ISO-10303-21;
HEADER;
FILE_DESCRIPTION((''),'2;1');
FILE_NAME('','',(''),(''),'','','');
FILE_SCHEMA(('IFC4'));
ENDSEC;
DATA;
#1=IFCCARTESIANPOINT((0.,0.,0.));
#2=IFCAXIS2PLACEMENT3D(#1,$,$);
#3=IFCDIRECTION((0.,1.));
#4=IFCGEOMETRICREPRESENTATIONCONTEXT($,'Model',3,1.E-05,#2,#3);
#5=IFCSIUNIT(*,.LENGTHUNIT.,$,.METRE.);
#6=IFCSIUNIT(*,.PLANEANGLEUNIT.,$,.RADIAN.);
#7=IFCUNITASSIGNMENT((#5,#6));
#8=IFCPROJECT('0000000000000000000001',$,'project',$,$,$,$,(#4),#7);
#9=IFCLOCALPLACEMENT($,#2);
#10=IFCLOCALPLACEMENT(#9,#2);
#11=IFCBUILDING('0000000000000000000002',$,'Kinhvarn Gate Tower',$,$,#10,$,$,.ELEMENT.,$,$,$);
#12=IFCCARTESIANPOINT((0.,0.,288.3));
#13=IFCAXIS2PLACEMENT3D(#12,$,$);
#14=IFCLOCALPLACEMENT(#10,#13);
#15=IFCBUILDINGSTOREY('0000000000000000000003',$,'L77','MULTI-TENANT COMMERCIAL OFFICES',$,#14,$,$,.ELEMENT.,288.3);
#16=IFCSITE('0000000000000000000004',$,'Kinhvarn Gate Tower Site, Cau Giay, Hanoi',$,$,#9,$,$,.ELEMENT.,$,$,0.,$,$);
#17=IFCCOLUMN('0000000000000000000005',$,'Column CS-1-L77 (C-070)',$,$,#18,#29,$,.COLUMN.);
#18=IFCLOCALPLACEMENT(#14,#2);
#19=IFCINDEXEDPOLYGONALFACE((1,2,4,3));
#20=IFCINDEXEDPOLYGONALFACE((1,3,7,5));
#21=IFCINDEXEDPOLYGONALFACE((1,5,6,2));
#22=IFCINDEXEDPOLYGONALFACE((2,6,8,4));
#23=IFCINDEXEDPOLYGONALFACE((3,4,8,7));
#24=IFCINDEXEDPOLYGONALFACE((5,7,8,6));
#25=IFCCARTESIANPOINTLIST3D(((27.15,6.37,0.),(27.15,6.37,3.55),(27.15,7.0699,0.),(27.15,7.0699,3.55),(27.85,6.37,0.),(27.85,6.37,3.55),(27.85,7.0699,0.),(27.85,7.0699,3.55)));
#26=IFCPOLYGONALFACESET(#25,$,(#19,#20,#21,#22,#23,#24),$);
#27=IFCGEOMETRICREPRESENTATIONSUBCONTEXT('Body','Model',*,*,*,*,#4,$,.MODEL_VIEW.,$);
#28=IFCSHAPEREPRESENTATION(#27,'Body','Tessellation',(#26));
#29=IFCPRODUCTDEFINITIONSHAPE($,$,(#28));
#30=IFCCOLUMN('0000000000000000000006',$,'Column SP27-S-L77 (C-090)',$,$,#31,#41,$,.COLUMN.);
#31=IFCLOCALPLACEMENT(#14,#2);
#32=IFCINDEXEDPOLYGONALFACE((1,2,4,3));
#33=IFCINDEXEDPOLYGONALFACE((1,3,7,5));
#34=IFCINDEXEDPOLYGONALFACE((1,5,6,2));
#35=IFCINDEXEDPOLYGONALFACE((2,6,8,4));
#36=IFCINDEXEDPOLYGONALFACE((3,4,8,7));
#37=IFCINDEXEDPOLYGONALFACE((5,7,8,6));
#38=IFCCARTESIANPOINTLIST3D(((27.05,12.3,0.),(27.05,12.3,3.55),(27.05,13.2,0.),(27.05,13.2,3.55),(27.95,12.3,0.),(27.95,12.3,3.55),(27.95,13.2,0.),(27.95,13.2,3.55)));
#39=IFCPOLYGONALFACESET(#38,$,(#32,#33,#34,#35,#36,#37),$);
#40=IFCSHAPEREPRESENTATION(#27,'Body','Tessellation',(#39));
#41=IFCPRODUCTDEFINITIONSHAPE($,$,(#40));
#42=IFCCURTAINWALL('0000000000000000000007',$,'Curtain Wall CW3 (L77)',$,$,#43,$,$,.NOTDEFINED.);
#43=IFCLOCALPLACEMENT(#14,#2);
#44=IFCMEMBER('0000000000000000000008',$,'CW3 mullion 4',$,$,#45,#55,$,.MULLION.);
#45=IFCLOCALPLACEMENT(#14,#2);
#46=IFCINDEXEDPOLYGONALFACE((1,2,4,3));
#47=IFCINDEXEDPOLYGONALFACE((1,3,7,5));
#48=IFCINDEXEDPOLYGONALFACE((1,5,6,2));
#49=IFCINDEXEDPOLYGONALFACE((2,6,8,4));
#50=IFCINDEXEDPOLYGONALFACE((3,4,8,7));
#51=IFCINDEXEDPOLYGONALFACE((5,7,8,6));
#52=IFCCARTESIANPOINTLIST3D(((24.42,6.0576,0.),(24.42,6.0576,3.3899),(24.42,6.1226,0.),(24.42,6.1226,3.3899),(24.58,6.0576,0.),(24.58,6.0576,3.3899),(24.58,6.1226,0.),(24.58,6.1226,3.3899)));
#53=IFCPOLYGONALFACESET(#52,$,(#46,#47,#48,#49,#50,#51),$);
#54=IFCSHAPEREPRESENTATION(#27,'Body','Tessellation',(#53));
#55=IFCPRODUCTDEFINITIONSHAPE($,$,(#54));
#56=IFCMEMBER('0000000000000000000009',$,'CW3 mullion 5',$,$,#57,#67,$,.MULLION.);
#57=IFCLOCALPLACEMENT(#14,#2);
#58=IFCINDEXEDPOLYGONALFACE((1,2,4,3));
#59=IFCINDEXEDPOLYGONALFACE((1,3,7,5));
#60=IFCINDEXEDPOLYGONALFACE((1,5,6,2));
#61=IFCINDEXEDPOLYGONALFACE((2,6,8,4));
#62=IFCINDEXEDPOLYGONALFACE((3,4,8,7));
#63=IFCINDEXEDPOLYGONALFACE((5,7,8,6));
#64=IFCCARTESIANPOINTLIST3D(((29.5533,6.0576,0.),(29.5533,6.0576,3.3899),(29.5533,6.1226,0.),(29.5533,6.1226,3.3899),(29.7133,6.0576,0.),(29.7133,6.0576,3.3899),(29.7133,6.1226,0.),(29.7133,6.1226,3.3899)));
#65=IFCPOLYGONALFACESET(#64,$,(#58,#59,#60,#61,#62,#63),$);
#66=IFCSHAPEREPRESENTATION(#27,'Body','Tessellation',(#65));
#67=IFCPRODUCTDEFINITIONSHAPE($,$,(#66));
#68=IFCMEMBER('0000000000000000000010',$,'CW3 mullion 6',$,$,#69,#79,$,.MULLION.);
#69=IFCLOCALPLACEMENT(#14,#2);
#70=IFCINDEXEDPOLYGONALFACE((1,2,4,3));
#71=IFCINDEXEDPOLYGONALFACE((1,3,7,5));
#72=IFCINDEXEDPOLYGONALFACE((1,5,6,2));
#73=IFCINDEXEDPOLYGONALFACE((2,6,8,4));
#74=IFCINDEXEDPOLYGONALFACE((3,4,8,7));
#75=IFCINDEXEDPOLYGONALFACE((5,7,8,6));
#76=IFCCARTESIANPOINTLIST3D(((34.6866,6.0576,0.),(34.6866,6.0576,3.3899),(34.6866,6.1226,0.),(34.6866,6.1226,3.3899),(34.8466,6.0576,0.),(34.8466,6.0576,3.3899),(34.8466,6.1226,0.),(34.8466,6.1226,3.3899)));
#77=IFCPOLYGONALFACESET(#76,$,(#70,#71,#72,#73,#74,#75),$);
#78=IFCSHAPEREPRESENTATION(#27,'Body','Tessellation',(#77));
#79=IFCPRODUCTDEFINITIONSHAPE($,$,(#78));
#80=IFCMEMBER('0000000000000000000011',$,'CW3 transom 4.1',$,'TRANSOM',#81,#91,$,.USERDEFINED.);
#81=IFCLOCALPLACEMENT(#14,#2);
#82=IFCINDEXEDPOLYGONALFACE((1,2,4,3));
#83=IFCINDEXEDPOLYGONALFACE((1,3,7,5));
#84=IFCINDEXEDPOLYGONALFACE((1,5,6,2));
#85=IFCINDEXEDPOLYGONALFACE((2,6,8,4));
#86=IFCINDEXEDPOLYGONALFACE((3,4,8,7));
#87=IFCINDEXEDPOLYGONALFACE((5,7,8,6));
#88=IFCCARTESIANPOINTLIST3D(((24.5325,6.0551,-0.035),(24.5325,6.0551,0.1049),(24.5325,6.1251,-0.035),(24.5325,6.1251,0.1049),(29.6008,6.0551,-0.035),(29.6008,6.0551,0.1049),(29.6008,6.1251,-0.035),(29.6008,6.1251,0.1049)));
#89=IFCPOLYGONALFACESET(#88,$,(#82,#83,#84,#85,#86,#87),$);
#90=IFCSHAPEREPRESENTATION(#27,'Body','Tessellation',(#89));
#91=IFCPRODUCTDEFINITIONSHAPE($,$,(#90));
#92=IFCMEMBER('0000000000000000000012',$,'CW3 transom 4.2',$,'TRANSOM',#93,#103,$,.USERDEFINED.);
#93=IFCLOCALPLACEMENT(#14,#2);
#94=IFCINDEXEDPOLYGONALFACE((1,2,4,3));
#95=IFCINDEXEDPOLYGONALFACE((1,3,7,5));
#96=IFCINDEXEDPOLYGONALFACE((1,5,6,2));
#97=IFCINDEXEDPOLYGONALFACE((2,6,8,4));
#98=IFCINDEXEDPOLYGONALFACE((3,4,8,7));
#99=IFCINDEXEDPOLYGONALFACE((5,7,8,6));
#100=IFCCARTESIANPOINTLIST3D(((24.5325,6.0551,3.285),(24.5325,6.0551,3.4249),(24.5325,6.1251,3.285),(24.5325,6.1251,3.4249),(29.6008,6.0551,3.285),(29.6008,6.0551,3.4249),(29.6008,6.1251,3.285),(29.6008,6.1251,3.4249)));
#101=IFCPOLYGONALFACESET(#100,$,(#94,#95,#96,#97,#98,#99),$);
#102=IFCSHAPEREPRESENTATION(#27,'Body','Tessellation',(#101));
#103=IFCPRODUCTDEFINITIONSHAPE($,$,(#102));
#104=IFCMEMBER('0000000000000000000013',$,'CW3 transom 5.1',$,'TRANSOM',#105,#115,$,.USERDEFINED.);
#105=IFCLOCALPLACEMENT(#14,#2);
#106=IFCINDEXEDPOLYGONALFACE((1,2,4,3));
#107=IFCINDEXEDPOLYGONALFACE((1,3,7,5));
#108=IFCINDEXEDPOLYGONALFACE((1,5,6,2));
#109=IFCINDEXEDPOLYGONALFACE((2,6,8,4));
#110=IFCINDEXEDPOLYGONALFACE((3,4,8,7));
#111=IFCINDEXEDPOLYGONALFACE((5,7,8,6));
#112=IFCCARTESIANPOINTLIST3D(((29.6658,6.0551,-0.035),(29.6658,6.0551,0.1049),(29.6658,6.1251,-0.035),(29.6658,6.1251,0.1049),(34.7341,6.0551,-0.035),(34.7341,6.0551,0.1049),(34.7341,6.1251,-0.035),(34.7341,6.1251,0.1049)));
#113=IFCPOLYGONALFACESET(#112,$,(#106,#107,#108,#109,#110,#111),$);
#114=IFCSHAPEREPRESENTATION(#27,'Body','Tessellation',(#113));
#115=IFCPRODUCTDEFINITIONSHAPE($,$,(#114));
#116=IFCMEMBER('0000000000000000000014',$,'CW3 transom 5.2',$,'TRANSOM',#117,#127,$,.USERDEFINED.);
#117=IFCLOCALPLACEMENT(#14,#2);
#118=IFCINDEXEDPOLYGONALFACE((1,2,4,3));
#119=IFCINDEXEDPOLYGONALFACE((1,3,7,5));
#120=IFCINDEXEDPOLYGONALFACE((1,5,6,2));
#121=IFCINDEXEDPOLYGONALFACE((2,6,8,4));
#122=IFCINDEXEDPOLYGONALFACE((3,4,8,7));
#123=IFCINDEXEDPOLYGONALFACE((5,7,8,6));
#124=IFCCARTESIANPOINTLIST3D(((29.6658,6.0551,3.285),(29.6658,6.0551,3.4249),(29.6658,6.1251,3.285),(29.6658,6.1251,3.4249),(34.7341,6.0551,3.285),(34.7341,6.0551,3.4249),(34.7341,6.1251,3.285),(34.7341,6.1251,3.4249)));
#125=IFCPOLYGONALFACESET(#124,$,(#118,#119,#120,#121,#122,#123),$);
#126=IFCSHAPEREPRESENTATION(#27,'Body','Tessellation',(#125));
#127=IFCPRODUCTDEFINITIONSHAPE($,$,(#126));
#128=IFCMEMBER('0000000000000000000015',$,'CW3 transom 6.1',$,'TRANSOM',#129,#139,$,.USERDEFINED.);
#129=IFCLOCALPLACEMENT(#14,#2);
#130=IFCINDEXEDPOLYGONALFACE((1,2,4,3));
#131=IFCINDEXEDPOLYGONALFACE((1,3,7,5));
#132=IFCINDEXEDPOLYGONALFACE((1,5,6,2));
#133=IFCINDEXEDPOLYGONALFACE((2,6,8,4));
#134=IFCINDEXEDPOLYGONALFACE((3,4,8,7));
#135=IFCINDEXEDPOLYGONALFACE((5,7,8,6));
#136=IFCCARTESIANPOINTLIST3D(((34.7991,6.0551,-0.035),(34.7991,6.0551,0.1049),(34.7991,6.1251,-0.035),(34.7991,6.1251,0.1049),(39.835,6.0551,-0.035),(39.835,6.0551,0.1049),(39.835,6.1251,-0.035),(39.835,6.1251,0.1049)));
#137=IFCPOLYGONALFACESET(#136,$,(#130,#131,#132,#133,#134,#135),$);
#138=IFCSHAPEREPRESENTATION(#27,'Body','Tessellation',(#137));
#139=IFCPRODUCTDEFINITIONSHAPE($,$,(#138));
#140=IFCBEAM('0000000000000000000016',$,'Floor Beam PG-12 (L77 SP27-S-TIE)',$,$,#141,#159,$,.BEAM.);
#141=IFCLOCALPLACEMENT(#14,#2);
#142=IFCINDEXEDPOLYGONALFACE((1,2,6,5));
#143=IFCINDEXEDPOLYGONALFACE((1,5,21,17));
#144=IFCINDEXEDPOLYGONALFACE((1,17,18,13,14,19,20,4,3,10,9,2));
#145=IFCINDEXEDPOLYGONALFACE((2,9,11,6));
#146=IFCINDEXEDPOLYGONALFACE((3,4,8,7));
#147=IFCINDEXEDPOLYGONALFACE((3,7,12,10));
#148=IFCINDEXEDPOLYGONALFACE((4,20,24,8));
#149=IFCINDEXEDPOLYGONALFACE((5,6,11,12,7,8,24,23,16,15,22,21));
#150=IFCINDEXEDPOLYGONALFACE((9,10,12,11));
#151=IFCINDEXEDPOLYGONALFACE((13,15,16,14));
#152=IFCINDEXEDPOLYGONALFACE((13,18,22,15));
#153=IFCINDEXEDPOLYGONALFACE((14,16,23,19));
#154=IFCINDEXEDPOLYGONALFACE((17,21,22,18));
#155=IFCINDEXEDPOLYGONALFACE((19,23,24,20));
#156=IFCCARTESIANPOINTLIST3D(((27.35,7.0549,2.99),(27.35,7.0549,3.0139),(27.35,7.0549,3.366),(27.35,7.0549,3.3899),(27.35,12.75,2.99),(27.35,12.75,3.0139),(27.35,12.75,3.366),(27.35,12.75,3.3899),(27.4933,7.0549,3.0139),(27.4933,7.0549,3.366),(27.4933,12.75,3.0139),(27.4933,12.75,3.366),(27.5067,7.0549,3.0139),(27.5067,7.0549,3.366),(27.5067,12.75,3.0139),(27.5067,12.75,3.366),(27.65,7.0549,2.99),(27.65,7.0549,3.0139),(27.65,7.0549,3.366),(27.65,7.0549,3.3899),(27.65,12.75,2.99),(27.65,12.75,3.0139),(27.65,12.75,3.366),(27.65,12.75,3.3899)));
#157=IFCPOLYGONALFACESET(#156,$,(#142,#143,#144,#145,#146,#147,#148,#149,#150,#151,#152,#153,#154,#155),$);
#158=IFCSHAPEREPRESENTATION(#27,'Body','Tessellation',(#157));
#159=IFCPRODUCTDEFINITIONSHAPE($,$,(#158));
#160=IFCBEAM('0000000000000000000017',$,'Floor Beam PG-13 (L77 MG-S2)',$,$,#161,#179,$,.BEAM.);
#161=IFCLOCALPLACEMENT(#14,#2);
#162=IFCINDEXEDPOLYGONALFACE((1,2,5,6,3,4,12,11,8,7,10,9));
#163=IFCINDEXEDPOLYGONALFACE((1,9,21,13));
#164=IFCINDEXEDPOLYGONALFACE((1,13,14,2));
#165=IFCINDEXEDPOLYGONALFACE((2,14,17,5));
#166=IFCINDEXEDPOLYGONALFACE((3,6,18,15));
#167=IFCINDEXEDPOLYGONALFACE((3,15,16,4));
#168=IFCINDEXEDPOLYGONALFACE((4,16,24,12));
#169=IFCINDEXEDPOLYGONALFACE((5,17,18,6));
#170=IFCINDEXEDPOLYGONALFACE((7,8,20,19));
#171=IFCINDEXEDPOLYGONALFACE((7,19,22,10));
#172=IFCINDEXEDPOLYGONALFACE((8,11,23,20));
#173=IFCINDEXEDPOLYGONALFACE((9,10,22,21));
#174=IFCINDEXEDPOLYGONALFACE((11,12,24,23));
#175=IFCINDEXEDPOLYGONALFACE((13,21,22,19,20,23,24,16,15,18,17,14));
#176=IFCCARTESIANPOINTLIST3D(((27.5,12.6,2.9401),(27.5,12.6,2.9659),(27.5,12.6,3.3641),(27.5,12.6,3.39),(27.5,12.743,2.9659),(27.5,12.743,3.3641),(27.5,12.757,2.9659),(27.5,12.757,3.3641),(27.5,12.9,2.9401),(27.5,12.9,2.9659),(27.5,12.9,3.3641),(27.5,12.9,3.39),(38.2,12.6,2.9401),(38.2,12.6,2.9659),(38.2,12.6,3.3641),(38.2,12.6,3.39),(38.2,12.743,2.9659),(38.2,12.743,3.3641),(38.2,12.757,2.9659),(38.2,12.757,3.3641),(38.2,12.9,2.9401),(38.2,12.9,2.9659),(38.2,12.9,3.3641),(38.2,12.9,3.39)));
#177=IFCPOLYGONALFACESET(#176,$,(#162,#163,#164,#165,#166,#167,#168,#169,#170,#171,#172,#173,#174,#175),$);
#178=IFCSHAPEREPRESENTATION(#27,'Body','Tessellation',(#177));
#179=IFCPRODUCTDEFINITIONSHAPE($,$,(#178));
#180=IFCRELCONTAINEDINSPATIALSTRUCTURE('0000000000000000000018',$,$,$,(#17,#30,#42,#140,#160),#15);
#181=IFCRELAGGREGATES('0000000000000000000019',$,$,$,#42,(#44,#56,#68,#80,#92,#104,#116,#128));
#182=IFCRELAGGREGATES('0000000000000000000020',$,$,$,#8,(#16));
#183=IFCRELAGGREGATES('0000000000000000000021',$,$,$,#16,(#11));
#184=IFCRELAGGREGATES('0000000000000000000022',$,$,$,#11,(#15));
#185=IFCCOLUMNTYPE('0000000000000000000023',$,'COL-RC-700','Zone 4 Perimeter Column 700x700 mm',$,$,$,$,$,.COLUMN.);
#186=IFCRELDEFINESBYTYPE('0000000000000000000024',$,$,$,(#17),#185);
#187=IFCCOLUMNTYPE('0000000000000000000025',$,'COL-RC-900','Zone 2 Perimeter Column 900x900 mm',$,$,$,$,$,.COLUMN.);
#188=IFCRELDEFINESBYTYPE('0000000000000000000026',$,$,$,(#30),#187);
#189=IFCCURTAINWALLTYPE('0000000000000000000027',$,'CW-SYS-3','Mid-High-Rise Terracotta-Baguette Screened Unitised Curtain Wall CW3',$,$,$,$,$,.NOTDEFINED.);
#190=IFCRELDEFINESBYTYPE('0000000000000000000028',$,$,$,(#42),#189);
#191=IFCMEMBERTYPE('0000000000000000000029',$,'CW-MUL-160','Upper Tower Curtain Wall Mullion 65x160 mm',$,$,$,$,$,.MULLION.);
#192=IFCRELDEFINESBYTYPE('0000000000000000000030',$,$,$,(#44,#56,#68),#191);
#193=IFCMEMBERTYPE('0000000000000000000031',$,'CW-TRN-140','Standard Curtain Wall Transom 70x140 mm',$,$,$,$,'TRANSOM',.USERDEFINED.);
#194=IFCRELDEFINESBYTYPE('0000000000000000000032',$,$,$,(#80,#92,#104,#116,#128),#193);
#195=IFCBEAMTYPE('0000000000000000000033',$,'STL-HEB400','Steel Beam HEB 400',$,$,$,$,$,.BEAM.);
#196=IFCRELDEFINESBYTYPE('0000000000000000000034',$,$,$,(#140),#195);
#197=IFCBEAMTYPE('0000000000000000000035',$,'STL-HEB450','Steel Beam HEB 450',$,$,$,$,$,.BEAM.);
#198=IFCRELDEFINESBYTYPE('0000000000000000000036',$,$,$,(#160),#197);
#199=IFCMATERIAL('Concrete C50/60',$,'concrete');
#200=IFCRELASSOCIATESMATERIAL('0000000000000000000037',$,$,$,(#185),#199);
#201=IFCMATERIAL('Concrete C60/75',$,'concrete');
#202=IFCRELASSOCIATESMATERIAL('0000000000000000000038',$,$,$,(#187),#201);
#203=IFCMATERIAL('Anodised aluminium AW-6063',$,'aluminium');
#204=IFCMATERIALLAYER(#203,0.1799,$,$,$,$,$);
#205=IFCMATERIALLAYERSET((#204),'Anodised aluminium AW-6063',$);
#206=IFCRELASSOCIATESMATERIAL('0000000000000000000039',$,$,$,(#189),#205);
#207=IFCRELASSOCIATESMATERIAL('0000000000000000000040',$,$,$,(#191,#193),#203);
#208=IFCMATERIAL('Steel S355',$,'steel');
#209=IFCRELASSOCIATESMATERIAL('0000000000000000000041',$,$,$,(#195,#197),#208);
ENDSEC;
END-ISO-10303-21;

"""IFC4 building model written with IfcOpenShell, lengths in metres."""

from ifc_helpers import new_model, si_unit, direction, frame, origin, origin_2d, place, context, subcontext, project, spatial, rectangle, i_section, extrude, material, layer, layer_set, material_profile, profile_set, type_object, element, aggregate, save


model = new_model("IFC4")

# Units and contexts
model_context = context("Model", 3, precision=1e-05, world=origin(), true_north=direction((0.0, 1.0)))
body_context = subcontext(model_context, "Body", "Model", "MODEL_VIEW")
ifc_project = project(units=[si_unit("LENGTHUNIT", "METRE"), si_unit("PLANEANGLEUNIT", "RADIAN")], contexts=[model_context])

# Site, building, storey
site_placement = place(None, origin())
site = spatial("IfcSite", under=ifc_project, at=site_placement, Name="Kinhvarn Gate Tower Site, Cau Giay, Hanoi", CompositionType="ELEMENT", RefElevation=0.0)
building_placement = place(site_placement, origin())
building = spatial("IfcBuilding", under=site, at=building_placement, Name="Kinhvarn Gate Tower", CompositionType="ELEMENT")
storey_placement = place(building_placement, frame((0.0, 0.0, 288.3)))
storey = spatial("IfcBuildingStorey", under=building, at=storey_placement, Name="L77", Description="MULTI-TENANT COMMERCIAL OFFICES", CompositionType="ELEMENT", Elevation=288.3)

# Columns
ifc_material_1 = material(Name="Concrete C50/60", Category="concrete")
ifc_material_profile_1 = material_profile(ifc_material_1, rectangle(XDim=0.7, YDim=0.7, at=origin_2d()), Name="RC 700x700")
ifc_profile_set_1 = profile_set([ifc_material_profile_1], Name="Concrete C50/60")
column_type_1 = type_object("IfcColumnType", Name="COL-RC-700", Description="Zone 4 Perimeter Column 700x700 mm", PredefinedType="COLUMN", material=ifc_profile_set_1)
column_1_placement = place(storey_placement, frame((27.5, 6.72, 0.0), z_axis=(0.0, 0.0, 1.0), x_axis=(1.0, 0.0, 0.0)))
element("IfcColumn", 1, at=column_1_placement, inside=storey, type_object=column_type_1, Name="Column CS-1-L77 (C-070)", PredefinedType="COLUMN", context=body_context, shape_type="SweptSolid", body=[
    extrude(rectangle(XDim=0.7, YDim=0.7, at=origin_2d()), origin(), (0.0, 0.0, 1.0), 3.55),
])
ifc_material_2 = material(Name="Concrete C60/75", Category="concrete")
ifc_material_profile_2 = material_profile(ifc_material_2, rectangle(XDim=0.8999, YDim=0.8999, at=origin_2d()), Name="RC 900x900")
ifc_profile_set_2 = profile_set([ifc_material_profile_2], Name="Concrete C60/75")
column_type_2 = type_object("IfcColumnType", Name="COL-RC-900", Description="Zone 2 Perimeter Column 900x900 mm", PredefinedType="COLUMN", material=ifc_profile_set_2)
column_2_placement = place(storey_placement, frame((27.5, 12.75, 0.0), z_axis=(0.0, 0.0, 1.0), x_axis=(1.0, 0.0, 0.0)))
element("IfcColumn", 2, at=column_2_placement, inside=storey, type_object=column_type_2, Name="Column SP27-S-L77 (C-090)", PredefinedType="COLUMN", context=body_context, shape_type="SweptSolid", body=[
    extrude(rectangle(XDim=0.8999, YDim=0.8999, at=origin_2d()), origin(), (0.0, 0.0, 1.0), 3.55),
])

# Curtain wall, members
ifc_material_3 = material(Name="Anodised aluminium AW-6063", Category="aluminium")
ifc_layer_1 = layer(ifc_material_3, 0.1799)
ifc_layer_set_1 = layer_set([ifc_layer_1], Name="Anodised aluminium AW-6063")
curtain_wall_type = type_object("IfcCurtainWallType", Name="CW-SYS-3", Description="Mid-High-Rise Terracotta-Baguette Screened Unitised Curtain Wall CW3", PredefinedType="NOTDEFINED", material=ifc_layer_set_1)
curtain_wall_placement = place(storey_placement, origin())
curtain_wall = element("IfcCurtainWall", 3, at=curtain_wall_placement, inside=storey, type_object=curtain_wall_type, Name="Curtain Wall CW3 (L77)", PredefinedType="NOTDEFINED")
ifc_material_profile_3 = material_profile(ifc_material_3, rectangle(XDim=0.0649, YDim=0.1599, at=origin_2d()), Name="ALU 65x160")
ifc_profile_set_3 = profile_set([ifc_material_profile_3], Name="Anodised aluminium AW-6063")
member_type_1 = type_object("IfcMemberType", Name="CW-MUL-160", Description="Upper Tower Curtain Wall Mullion 65x160 mm", PredefinedType="MULLION", material=ifc_profile_set_3)
member_1_placement = place(storey_placement, frame((24.5, 6.0901, 0.0), z_axis=(0.0, 0.0, 1.0), x_axis=(0.0, 1.0, 0.0)))
member_1 = element("IfcMember", 4, at=member_1_placement, type_object=member_type_1, Name="CW3 mullion 4", PredefinedType="MULLION", context=body_context, shape_type="SweptSolid", body=[
    extrude(rectangle(XDim=0.0649, YDim=0.1599, at=origin_2d()), origin(), (0.0, 0.0, 1.0), 3.3899),
])
member_2_placement = place(storey_placement, frame((29.6333, 6.0901, 0.0), z_axis=(0.0, 0.0, 1.0), x_axis=(0.0, 1.0, 0.0)))
member_2 = element("IfcMember", 5, at=member_2_placement, type_object=member_type_1, Name="CW3 mullion 5", PredefinedType="MULLION", context=body_context, shape_type="SweptSolid", body=[
    extrude(rectangle(XDim=0.0649, YDim=0.1599, at=origin_2d()), origin(), (0.0, 0.0, 1.0), 3.3899),
])
member_3_placement = place(storey_placement, frame((34.7666, 6.0901, 0.0), z_axis=(0.0, 0.0, 1.0), x_axis=(0.0, 1.0, 0.0)))
member_3 = element("IfcMember", 6, at=member_3_placement, type_object=member_type_1, Name="CW3 mullion 6", PredefinedType="MULLION", context=body_context, shape_type="SweptSolid", body=[
    extrude(rectangle(XDim=0.0649, YDim=0.1599, at=origin_2d()), origin(), (0.0, 0.0, 1.0), 3.3899),
])
ifc_material_profile_4 = material_profile(ifc_material_3, rectangle(XDim=0.0701, YDim=0.1399, at=origin_2d()), Name="ALU 70x140")
ifc_profile_set_4 = profile_set([ifc_material_profile_4], Name="Anodised aluminium AW-6063")
member_type_2 = type_object("IfcMemberType", Name="CW-TRN-140", Description="Standard Curtain Wall Transom 70x140 mm", ElementType="TRANSOM", PredefinedType="USERDEFINED", material=ifc_profile_set_4)
member_4_placement = place(storey_placement, frame((24.5325, 6.0901, 0.0349), z_axis=(1.0, 0.0, 0.0), x_axis=(0.0, 1.0, 0.0)))
member_4 = element("IfcMember", 7, at=member_4_placement, type_object=member_type_2, Name="CW3 transom 4.1", ObjectType="TRANSOM", PredefinedType="USERDEFINED", context=body_context, shape_type="SweptSolid", body=[
    extrude(rectangle(XDim=0.0701, YDim=0.1399, at=origin_2d()), origin(), (0.0, 0.0, 1.0), 5.0684),
])
member_5_placement = place(storey_placement, frame((24.5325, 6.0901, 3.355), z_axis=(1.0, 0.0, 0.0), x_axis=(0.0, 1.0, 0.0)))
member_5 = element("IfcMember", 8, at=member_5_placement, type_object=member_type_2, Name="CW3 transom 4.2", ObjectType="TRANSOM", PredefinedType="USERDEFINED", context=body_context, shape_type="SweptSolid", body=[
    extrude(rectangle(XDim=0.0701, YDim=0.1399, at=origin_2d()), origin(), (0.0, 0.0, 1.0), 5.0684),
])
member_6_placement = place(storey_placement, frame((29.6658, 6.0901, 0.0349), z_axis=(1.0, 0.0, 0.0), x_axis=(0.0, 1.0, 0.0)))
member_6 = element("IfcMember", 9, at=member_6_placement, type_object=member_type_2, Name="CW3 transom 5.1", ObjectType="TRANSOM", PredefinedType="USERDEFINED", context=body_context, shape_type="SweptSolid", body=[
    extrude(rectangle(XDim=0.0701, YDim=0.1399, at=origin_2d()), origin(), (0.0, 0.0, 1.0), 5.0684),
])
member_7_placement = place(storey_placement, frame((29.6658, 6.0901, 3.355), z_axis=(1.0, 0.0, 0.0), x_axis=(0.0, 1.0, 0.0)))
member_7 = element("IfcMember", 10, at=member_7_placement, type_object=member_type_2, Name="CW3 transom 5.2", ObjectType="TRANSOM", PredefinedType="USERDEFINED", context=body_context, shape_type="SweptSolid", body=[
    extrude(rectangle(XDim=0.0701, YDim=0.1399, at=origin_2d()), origin(), (0.0, 0.0, 1.0), 5.0684),
])
member_8_placement = place(storey_placement, frame((34.7991, 6.0901, 0.0349), z_axis=(1.0, 0.0, 0.0), x_axis=(0.0, 1.0, 0.0)))
member_8 = element("IfcMember", 11, at=member_8_placement, type_object=member_type_2, Name="CW3 transom 6.1", ObjectType="TRANSOM", PredefinedType="USERDEFINED", context=body_context, shape_type="SweptSolid", body=[
    extrude(rectangle(XDim=0.0701, YDim=0.1399, at=origin_2d()), origin(), (0.0, 0.0, 1.0), 5.0359),
])

# Beams
ifc_material_4 = material(Name="Steel S355", Category="steel")
ifc_material_profile_5 = material_profile(ifc_material_4, i_section(OverallWidth=0.3, OverallDepth=0.3999, WebThickness=0.0134, FlangeThickness=0.0239, at=origin_2d()), Name="HEB 400")
ifc_profile_set_5 = profile_set([ifc_material_profile_5], Name="Steel S355")
beam_type_1 = type_object("IfcBeamType", Name="STL-HEB400", Description="Steel Beam HEB 400", PredefinedType="BEAM", material=ifc_profile_set_5)
beam_1_placement = place(storey_placement, frame((27.5, 7.0549, 3.1899), z_axis=(0.0, 1.0, 0.0), x_axis=(-1.0, 0.0, 0.0)))
element("IfcBeam", 12, at=beam_1_placement, inside=storey, type_object=beam_type_1, Name="Floor Beam PG-12 (L77 SP27-S-TIE)", PredefinedType="BEAM", context=body_context, shape_type="SweptSolid", body=[
    extrude(i_section(OverallWidth=0.3, OverallDepth=0.3999, WebThickness=0.0134, FlangeThickness=0.0239, at=origin_2d()), origin(), (0.0, 0.0, 1.0), 5.6951),
])
ifc_material_profile_6 = material_profile(ifc_material_4, i_section(OverallWidth=0.3, OverallDepth=0.45, WebThickness=0.0139, FlangeThickness=0.0259, at=origin_2d()), Name="HEB 450")
ifc_profile_set_6 = profile_set([ifc_material_profile_6], Name="Steel S355")
beam_type_2 = type_object("IfcBeamType", Name="STL-HEB450", Description="Steel Beam HEB 450", PredefinedType="BEAM", material=ifc_profile_set_6)
beam_2_placement = place(storey_placement, frame((27.5, 12.75, 3.165), z_axis=(1.0, 0.0, 0.0), x_axis=(0.0, 1.0, 0.0)))
element("IfcBeam", 13, at=beam_2_placement, inside=storey, type_object=beam_type_2, Name="Floor Beam PG-13 (L77 MG-S2)", PredefinedType="BEAM", context=body_context, shape_type="SweptSolid", body=[
    extrude(i_section(OverallWidth=0.3, OverallDepth=0.45, WebThickness=0.0139, FlangeThickness=0.0259, at=origin_2d()), origin(), (0.0, 0.0, 1.0), 10.7),
])

aggregate(curtain_wall, [member_1, member_2, member_3, member_4, member_5, member_6, member_7, member_8])

save(model, "model.ifc")
